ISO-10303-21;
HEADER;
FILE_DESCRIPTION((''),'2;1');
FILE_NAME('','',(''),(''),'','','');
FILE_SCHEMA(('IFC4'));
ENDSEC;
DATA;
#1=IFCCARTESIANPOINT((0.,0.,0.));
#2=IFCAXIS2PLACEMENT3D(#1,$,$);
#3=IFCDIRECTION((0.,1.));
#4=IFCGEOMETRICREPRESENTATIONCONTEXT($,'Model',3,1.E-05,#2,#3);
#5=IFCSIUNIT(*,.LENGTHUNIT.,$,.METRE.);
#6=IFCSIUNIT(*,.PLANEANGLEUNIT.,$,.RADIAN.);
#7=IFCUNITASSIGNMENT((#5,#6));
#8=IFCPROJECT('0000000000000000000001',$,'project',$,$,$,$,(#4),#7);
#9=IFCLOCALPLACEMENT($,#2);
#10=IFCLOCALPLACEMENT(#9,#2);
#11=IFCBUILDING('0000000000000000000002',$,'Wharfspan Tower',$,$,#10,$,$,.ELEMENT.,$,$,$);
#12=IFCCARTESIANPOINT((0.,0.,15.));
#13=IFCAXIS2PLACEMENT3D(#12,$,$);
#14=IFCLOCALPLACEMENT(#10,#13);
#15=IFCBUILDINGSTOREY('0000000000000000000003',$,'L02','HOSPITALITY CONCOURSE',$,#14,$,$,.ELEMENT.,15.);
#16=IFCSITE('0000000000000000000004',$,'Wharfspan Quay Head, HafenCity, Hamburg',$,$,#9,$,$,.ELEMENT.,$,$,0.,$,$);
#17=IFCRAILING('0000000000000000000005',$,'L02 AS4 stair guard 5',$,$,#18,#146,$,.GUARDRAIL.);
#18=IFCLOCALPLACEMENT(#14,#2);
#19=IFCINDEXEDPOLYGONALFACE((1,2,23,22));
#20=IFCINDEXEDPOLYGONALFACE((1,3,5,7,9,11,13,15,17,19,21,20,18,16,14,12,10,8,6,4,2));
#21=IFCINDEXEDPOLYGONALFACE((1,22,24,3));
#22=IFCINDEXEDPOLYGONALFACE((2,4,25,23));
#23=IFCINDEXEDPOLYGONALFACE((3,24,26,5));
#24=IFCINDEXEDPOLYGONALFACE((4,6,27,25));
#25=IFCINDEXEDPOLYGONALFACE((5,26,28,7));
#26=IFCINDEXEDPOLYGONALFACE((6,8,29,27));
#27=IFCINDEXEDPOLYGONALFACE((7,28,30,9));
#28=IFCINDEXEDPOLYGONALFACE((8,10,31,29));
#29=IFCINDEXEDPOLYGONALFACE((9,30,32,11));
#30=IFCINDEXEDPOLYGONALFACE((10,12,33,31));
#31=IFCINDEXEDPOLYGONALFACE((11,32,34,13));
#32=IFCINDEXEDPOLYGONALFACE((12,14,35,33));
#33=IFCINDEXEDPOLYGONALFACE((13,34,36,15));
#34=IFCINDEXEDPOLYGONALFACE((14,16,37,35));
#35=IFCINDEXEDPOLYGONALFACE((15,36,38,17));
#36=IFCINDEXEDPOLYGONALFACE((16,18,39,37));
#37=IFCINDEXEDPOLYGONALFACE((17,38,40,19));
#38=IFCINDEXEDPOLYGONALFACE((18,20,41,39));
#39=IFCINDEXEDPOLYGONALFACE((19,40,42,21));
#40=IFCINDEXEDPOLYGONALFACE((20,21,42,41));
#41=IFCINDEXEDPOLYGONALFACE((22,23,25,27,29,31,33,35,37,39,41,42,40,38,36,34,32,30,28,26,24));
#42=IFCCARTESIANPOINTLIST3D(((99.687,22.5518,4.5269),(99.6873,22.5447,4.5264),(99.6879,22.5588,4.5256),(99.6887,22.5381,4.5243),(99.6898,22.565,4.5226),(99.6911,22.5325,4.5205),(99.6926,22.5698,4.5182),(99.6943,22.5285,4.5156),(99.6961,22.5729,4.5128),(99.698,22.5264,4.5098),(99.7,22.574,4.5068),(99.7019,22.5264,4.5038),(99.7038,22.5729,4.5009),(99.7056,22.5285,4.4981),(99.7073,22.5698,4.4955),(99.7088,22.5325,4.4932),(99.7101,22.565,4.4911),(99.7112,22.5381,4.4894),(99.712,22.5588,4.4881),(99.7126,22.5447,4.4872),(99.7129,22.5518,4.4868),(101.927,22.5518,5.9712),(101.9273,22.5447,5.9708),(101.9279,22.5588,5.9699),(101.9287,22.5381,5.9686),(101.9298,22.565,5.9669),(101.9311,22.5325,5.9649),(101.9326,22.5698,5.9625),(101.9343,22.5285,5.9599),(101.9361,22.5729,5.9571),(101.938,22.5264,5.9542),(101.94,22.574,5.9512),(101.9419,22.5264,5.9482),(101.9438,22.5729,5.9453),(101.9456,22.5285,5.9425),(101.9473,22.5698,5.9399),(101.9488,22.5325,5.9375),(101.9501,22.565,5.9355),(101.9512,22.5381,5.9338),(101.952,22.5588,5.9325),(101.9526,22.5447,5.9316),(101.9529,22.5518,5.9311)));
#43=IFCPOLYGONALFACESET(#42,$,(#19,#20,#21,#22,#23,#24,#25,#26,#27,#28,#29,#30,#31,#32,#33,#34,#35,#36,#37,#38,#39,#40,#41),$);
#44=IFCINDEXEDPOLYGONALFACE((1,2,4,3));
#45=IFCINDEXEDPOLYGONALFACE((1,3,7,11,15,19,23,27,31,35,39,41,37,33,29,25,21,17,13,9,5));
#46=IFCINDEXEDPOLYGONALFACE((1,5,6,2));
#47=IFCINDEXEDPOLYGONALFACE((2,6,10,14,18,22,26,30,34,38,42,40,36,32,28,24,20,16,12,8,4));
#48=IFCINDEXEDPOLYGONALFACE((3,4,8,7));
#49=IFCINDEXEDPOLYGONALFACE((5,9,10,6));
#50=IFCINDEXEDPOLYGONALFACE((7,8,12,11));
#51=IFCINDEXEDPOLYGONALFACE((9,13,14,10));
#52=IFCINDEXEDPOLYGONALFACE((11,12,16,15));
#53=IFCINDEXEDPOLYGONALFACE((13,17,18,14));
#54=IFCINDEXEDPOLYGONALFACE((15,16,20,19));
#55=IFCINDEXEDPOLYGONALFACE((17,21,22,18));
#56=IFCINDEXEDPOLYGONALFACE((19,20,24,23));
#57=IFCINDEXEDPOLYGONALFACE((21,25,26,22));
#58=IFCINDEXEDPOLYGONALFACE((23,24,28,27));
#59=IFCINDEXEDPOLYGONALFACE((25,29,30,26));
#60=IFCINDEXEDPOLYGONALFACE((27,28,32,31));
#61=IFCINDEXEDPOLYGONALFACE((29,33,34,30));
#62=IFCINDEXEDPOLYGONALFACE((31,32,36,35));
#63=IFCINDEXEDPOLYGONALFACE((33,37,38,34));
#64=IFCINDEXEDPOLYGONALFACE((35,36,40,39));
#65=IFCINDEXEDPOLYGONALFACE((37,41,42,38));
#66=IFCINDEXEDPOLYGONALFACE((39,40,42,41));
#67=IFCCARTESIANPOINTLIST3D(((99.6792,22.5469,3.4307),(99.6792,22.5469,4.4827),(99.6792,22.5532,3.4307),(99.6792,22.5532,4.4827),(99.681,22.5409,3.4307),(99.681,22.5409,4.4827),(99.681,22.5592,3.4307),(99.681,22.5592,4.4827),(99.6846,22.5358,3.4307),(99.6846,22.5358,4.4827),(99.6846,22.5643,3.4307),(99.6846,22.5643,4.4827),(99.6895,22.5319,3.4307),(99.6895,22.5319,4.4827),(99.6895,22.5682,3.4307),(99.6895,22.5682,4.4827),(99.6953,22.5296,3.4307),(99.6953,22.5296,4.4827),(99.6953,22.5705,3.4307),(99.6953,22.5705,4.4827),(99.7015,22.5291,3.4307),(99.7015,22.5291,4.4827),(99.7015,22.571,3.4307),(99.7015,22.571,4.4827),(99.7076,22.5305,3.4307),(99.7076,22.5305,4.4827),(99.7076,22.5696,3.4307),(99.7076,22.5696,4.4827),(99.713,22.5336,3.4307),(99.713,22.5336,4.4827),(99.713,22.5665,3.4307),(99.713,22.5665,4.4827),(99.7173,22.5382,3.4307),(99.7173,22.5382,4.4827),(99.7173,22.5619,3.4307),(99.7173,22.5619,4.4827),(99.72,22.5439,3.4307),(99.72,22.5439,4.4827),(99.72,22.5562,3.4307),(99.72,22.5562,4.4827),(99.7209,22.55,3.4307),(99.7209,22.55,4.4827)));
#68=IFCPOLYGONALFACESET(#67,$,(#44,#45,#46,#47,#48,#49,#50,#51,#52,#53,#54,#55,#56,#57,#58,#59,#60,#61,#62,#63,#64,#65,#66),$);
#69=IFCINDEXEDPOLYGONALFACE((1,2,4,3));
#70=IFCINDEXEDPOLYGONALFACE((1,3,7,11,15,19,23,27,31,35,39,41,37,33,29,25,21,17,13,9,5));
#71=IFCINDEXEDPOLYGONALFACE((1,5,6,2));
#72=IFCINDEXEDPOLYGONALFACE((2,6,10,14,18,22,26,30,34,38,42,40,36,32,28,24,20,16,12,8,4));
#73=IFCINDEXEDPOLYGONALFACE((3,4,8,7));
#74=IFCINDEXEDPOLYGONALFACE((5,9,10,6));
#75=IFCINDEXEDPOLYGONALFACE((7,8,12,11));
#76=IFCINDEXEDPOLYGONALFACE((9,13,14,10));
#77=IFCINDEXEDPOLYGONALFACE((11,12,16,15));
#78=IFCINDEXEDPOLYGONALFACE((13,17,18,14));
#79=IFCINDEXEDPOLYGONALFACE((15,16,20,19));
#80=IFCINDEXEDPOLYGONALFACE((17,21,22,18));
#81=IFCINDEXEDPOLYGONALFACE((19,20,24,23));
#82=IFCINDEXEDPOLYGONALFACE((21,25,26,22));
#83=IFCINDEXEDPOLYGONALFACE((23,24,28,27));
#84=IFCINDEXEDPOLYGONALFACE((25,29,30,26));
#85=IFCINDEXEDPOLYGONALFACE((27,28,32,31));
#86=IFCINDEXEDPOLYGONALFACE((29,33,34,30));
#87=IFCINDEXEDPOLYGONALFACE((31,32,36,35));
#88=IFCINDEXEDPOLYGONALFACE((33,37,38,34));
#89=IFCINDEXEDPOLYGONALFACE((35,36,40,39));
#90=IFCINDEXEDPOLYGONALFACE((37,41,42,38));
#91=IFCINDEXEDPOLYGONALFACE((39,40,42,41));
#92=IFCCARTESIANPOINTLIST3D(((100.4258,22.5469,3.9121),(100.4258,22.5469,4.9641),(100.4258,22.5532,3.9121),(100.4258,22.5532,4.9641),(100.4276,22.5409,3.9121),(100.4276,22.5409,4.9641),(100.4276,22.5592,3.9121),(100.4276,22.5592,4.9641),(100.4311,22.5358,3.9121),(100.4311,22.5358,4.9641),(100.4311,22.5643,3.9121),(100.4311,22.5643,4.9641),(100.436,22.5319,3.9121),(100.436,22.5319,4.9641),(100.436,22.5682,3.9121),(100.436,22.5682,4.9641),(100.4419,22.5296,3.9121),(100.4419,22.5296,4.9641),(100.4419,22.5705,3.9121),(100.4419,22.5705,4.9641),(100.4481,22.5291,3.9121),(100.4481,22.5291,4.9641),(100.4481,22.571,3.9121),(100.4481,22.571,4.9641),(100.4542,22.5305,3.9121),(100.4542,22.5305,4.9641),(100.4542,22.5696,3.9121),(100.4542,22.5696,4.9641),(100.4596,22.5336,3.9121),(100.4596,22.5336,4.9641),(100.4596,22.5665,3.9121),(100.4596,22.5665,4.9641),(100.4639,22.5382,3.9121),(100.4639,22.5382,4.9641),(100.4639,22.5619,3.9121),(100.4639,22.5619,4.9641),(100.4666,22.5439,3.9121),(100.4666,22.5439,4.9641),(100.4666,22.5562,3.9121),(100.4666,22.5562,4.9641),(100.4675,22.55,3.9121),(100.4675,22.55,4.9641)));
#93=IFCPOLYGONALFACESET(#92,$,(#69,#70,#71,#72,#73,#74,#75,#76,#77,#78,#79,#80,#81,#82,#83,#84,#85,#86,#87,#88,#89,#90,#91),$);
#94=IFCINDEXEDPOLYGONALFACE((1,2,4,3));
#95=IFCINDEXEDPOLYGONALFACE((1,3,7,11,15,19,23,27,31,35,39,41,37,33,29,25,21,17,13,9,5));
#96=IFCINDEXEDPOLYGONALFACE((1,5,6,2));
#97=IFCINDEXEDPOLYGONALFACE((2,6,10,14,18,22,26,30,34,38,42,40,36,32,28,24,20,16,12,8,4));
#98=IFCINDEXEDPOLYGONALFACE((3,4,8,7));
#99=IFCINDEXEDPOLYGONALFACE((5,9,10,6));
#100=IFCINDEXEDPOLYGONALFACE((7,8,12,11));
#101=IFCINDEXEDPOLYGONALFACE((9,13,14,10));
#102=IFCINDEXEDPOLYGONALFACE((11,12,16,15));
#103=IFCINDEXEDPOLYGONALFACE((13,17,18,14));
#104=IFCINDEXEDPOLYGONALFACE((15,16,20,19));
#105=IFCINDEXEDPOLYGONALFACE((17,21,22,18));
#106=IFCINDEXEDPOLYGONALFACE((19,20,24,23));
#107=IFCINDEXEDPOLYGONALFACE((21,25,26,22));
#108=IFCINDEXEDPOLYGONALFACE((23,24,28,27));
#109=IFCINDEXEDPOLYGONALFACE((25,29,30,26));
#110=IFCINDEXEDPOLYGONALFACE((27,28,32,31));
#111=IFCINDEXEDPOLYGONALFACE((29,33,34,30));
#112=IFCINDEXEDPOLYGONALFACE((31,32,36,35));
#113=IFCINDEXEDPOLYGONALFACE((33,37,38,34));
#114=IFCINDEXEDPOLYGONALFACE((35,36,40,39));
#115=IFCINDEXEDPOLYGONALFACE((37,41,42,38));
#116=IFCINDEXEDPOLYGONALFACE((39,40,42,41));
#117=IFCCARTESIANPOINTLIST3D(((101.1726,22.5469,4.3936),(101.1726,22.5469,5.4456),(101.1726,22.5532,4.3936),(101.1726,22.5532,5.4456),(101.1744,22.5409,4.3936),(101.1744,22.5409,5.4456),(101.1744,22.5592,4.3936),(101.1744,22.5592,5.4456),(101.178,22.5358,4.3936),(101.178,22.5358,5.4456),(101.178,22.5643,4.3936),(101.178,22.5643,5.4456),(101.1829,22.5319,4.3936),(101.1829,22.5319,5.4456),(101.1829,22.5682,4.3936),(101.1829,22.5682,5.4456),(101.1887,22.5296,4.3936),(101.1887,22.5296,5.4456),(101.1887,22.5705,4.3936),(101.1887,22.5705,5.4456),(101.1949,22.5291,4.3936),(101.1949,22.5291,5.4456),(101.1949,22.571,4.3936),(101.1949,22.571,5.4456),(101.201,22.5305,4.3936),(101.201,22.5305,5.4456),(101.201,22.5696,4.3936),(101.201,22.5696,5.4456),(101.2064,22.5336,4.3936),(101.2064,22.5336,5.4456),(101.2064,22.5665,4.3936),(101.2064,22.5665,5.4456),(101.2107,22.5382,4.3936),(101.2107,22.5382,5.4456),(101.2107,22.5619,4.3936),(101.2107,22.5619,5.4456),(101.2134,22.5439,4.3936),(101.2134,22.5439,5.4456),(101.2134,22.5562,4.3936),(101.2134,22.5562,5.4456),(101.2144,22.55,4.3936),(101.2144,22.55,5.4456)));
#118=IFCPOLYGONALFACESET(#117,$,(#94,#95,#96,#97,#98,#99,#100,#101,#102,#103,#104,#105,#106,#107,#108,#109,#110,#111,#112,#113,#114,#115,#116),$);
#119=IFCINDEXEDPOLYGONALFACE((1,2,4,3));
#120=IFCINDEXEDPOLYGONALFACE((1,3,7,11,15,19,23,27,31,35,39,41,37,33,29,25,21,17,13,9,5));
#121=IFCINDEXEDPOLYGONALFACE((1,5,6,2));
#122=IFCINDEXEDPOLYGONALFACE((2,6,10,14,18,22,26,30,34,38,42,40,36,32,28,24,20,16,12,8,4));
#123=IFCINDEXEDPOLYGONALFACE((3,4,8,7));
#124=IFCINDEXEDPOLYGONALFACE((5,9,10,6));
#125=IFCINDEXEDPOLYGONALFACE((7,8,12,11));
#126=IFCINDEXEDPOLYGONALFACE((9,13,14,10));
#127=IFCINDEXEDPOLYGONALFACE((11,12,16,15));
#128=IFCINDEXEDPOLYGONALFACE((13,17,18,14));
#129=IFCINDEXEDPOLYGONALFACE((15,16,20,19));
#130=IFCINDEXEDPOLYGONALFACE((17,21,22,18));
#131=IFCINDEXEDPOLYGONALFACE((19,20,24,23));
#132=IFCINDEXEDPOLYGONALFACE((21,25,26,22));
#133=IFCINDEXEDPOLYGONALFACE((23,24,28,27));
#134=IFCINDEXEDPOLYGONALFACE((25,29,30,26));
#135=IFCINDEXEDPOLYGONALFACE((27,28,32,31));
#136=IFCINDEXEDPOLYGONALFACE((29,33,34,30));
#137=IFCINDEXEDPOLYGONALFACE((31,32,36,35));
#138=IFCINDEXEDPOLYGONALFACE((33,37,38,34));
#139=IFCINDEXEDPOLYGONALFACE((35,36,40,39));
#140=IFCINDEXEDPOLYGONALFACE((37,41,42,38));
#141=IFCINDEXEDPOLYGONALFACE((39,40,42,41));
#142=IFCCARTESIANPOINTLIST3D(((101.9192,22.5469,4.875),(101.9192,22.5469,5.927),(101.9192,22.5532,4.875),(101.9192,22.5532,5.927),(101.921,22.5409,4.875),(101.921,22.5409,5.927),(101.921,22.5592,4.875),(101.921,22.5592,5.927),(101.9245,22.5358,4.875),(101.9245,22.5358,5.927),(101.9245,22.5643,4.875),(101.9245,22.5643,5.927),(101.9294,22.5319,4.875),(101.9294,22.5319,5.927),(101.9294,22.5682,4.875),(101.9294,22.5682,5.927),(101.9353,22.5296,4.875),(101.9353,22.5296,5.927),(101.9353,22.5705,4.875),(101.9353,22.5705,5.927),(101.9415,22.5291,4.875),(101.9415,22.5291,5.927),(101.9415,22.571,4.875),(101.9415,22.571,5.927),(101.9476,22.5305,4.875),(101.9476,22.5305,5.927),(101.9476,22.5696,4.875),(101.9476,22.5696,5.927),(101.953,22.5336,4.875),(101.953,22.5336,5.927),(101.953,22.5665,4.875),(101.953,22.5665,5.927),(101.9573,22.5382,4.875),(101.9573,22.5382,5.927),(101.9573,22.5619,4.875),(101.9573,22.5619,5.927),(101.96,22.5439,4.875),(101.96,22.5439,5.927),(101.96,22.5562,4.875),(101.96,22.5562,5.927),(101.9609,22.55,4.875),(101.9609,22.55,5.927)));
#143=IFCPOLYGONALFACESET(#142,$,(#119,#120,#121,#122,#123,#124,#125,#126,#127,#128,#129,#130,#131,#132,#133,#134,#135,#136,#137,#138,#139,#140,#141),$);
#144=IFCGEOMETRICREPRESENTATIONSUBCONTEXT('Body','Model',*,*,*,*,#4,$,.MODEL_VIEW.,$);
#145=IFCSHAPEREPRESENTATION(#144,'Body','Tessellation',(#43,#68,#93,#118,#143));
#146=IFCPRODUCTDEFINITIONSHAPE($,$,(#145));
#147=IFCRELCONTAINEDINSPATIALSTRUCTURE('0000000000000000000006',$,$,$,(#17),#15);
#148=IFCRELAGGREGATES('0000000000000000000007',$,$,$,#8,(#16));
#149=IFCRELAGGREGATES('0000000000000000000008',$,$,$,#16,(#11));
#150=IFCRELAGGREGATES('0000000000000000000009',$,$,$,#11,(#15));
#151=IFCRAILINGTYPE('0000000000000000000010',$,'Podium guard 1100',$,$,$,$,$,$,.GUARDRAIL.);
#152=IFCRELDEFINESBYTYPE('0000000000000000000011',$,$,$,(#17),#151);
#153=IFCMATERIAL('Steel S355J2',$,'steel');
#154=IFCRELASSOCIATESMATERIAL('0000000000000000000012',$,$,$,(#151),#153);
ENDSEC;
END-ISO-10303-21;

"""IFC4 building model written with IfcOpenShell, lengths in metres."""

from ifc_helpers import new_model, si_unit, direction, frame, origin, origin_2d, place, context, subcontext, project, spatial, circle, extrude, material, type_object, element, save


model = new_model("IFC4")

# Units and contexts
model_context = context("Model", 3, precision=1e-05, world=origin(), true_north=direction((0.0, 1.0)))
body_context = subcontext(model_context, "Body", "Model", "MODEL_VIEW")
ifc_project = project(units=[si_unit("LENGTHUNIT", "METRE"), si_unit("PLANEANGLEUNIT", "RADIAN")], contexts=[model_context])

# Site, building, storey
site_placement = place(None, origin())
site = spatial("IfcSite", under=ifc_project, at=site_placement, Name="Wharfspan Quay Head, HafenCity, Hamburg", CompositionType="ELEMENT", RefElevation=0.0)
building_placement = place(site_placement, origin())
building = spatial("IfcBuilding", under=site, at=building_placement, Name="Wharfspan Tower", CompositionType="ELEMENT")
storey_placement = place(building_placement, frame((0.0, 0.0, 15.0)))
storey = spatial("IfcBuildingStorey", under=building, at=storey_placement, Name="L02", Description="HOSPITALITY CONCOURSE", CompositionType="ELEMENT", Elevation=15.0)

# Railing
ifc_material_1 = material(Name="Steel S355J2", Category="steel")
railing_type_1 = type_object("IfcRailingType", Name="Podium guard 1100", PredefinedType="GUARDRAIL", material=ifc_material_1)
railing_1_placement = place(storey_placement, frame((99.7, 22.55, 3.4307)))
element("IfcRailing", 1, at=railing_1_placement, inside=storey, type_object=railing_type_1, Name="L02 AS4 stair guard 5", PredefinedType="GUARDRAIL", context=body_context, shape_type="SweptSolid", body=[
    extrude(circle(Radius=0.0239, at=origin_2d()), frame((0.0, 0.0, 1.0762), z_axis=(0.840437, 0.0, 0.54191), x_axis=(0.0, 1.0, 0.0)), (0.0, 0.0, 1.0), 2.6653),
    extrude(circle(Radius=0.021, at=origin_2d()), origin(), (0.0, 0.0, 1.0), 1.052),
    extrude(circle(Radius=0.021, at=origin_2d()), frame((0.7466, 0.0, 0.4814)), (0.0, 0.0, 1.0), 1.052),
    extrude(circle(Radius=0.021, at=origin_2d()), frame((1.4934, 0.0, 0.9629)), (0.0, 0.0, 1.0), 1.052),
    extrude(circle(Radius=0.021, at=origin_2d()), frame((2.24, 0.0, 1.4443)), (0.0, 0.0, 1.0), 1.052),
])

save(model, "model.ifc")
